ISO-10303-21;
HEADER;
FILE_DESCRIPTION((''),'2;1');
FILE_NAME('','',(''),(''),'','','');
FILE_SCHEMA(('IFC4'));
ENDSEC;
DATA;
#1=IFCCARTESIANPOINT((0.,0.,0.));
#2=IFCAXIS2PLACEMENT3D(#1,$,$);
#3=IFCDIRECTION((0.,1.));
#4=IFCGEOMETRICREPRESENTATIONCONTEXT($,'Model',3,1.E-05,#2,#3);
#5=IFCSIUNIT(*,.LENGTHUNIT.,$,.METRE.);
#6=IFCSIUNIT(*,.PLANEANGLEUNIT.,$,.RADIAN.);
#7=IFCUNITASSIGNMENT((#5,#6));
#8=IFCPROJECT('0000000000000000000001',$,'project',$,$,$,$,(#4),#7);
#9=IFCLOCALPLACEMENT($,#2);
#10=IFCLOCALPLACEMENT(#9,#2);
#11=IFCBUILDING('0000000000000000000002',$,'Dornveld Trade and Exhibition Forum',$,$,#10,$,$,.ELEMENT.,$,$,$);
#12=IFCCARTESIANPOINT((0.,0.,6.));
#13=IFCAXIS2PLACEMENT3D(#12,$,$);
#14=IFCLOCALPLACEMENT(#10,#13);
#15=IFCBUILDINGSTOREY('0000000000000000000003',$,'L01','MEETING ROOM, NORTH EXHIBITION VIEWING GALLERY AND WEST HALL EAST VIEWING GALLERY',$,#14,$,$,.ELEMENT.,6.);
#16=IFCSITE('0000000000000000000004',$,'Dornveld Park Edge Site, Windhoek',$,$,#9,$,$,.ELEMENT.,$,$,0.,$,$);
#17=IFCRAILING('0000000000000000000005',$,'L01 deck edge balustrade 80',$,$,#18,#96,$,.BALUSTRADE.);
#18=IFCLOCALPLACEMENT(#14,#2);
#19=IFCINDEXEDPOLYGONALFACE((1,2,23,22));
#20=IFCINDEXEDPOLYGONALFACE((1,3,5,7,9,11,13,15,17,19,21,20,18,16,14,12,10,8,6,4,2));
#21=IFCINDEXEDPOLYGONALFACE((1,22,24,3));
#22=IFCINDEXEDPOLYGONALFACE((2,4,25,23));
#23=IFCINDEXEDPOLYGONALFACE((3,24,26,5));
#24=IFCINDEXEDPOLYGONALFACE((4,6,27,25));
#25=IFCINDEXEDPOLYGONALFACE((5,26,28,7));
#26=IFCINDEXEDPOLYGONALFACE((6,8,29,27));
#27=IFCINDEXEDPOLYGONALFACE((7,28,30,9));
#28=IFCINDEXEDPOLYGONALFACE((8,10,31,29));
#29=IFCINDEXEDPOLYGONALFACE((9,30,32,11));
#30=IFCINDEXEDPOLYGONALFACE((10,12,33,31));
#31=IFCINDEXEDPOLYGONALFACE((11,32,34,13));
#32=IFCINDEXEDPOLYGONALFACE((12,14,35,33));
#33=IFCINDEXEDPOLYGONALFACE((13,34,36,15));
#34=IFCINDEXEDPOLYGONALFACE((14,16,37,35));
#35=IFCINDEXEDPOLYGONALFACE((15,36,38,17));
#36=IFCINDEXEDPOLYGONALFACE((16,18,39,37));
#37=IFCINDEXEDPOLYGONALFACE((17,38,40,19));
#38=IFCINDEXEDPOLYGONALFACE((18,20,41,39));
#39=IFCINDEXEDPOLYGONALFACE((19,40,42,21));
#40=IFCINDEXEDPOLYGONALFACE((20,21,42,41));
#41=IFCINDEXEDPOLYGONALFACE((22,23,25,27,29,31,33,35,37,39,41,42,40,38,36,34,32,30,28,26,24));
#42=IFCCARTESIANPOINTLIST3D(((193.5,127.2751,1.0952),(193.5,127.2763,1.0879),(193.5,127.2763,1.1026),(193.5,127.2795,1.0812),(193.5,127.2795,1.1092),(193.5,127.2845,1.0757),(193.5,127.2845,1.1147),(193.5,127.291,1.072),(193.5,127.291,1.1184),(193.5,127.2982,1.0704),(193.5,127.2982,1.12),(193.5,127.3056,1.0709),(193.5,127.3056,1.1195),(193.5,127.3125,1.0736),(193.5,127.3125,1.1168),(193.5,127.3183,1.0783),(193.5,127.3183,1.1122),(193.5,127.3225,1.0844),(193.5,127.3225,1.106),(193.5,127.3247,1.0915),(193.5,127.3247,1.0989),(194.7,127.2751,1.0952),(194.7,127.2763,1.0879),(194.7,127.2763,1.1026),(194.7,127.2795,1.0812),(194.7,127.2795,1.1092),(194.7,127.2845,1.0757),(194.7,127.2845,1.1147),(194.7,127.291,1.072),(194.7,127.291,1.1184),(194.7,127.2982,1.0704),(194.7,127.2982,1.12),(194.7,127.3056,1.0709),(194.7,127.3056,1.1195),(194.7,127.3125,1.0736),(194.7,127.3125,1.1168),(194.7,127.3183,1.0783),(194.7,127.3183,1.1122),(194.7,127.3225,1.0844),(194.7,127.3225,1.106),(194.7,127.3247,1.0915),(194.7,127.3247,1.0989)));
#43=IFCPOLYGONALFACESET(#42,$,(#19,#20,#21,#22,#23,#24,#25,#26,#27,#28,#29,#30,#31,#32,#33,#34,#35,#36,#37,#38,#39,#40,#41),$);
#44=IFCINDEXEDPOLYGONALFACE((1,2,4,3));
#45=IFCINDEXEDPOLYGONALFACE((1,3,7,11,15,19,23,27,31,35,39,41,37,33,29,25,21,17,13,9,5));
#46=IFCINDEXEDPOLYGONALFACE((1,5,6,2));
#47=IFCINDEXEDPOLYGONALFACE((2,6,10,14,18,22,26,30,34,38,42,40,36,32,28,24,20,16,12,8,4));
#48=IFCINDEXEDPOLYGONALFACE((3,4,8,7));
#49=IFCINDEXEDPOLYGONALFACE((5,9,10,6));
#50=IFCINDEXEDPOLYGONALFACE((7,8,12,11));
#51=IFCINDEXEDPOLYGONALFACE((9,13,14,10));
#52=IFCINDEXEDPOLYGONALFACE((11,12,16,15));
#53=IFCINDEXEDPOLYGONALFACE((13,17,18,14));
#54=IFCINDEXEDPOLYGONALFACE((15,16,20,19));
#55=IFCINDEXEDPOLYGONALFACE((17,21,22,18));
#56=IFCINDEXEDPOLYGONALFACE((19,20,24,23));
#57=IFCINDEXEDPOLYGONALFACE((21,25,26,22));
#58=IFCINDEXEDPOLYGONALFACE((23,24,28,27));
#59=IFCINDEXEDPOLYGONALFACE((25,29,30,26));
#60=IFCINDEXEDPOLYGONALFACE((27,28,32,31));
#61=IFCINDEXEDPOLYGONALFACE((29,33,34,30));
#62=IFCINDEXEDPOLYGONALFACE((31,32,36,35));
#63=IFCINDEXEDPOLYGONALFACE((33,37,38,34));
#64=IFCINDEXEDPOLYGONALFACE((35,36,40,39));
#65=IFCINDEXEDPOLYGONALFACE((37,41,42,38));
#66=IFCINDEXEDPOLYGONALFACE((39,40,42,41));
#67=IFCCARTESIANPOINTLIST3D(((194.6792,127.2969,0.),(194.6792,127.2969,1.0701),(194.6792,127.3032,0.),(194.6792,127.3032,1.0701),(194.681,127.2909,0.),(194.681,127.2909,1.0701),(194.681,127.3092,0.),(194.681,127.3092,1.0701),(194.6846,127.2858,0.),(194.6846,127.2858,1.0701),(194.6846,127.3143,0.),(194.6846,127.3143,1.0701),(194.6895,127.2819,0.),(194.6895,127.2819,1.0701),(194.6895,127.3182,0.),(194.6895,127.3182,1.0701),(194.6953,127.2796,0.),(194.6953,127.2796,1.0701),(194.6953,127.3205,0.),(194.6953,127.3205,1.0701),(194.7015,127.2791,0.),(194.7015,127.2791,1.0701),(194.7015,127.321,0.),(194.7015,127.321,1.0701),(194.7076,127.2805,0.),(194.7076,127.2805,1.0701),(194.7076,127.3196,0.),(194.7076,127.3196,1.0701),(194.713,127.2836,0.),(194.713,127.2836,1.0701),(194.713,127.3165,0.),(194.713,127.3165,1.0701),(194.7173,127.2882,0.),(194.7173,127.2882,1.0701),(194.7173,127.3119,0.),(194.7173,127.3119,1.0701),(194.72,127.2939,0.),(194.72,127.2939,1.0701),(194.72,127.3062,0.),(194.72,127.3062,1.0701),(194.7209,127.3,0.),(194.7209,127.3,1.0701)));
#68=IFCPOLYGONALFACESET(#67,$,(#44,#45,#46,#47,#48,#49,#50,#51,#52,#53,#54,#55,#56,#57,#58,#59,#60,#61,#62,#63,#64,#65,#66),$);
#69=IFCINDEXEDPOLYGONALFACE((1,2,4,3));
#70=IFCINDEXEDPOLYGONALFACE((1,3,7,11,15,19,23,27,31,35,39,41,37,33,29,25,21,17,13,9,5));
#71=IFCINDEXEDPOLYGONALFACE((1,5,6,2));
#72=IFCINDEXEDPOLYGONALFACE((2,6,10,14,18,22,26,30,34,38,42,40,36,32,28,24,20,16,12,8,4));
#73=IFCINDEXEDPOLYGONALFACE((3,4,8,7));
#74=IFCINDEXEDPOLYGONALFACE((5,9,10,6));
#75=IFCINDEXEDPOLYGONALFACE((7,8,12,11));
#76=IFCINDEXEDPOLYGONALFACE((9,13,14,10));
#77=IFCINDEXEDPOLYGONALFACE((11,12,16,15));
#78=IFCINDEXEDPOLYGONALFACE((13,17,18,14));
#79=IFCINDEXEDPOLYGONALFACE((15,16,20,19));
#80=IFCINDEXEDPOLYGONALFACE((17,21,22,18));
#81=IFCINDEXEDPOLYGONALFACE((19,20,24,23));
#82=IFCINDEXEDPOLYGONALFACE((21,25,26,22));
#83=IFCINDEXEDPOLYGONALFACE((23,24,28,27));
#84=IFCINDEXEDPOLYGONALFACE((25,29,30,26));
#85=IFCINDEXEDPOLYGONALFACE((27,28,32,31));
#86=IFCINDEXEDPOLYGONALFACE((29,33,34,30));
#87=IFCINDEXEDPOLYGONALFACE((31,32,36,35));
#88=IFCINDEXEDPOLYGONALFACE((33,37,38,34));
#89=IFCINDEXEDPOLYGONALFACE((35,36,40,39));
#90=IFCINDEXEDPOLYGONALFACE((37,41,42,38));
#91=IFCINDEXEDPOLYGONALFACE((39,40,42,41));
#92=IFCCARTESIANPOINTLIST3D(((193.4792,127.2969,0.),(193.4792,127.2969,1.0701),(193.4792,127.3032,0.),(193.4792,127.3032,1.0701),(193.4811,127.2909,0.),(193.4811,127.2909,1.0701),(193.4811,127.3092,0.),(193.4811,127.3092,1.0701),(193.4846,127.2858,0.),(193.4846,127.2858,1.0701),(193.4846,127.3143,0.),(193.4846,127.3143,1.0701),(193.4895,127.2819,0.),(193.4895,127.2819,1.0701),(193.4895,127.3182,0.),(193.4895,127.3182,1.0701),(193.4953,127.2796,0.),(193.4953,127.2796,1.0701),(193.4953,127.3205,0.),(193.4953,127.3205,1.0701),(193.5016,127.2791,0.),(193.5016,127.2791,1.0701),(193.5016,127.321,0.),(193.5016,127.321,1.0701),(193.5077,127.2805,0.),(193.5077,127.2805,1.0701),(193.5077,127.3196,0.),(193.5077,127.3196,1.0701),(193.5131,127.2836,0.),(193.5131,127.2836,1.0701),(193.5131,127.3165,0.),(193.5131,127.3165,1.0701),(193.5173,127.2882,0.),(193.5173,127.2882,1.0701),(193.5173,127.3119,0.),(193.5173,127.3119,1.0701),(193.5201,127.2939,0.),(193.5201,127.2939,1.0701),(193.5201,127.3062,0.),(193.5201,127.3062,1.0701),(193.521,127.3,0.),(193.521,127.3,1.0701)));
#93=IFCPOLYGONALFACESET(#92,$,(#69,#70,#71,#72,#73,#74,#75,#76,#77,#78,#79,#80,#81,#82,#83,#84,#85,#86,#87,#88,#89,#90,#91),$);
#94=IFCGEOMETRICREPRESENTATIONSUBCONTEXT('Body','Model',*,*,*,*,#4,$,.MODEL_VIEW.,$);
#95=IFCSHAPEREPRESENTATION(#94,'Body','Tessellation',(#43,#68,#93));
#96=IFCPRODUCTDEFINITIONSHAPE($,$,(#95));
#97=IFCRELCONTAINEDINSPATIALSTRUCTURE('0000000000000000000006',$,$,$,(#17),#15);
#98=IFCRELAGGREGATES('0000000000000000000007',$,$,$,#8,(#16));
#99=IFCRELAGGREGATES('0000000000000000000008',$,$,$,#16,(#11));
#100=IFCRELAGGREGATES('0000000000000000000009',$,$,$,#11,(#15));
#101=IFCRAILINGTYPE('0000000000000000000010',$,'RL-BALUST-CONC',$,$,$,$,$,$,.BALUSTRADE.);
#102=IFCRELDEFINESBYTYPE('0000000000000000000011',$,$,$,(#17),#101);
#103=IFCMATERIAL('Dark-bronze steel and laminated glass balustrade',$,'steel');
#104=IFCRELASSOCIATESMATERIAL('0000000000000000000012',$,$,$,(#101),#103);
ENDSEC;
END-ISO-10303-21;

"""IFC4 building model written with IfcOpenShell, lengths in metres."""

from ifc_helpers import new_model, si_unit, direction, frame, origin, origin_2d, place, context, subcontext, project, spatial, circle, extrude, material, type_object, element, save


model = new_model("IFC4")

# Units and contexts
model_context = context("Model", 3, precision=1e-05, world=origin(), true_north=direction((0.0, 1.0)))
body_context = subcontext(model_context, "Body", "Model", "MODEL_VIEW")
ifc_project = project(units=[si_unit("LENGTHUNIT", "METRE"), si_unit("PLANEANGLEUNIT", "RADIAN")], contexts=[model_context])

# Site, building, storey
site_placement = place(None, origin())
site = spatial("IfcSite", under=ifc_project, at=site_placement, Name="Dornveld Park Edge Site, Windhoek", CompositionType="ELEMENT", RefElevation=0.0)
building_placement = place(site_placement, origin())
building = spatial("IfcBuilding", under=site, at=building_placement, Name="Dornveld Trade and Exhibition Forum", CompositionType="ELEMENT")
storey_placement = place(building_placement, frame((0.0, 0.0, 6.0)))
storey = spatial("IfcBuildingStorey", under=building, at=storey_placement, Name="L01", Description="MEETING ROOM, NORTH EXHIBITION VIEWING GALLERY AND WEST HALL EAST VIEWING GALLERY", CompositionType="ELEMENT", Elevation=6.0)

# Railing
ifc_material_1 = material(Name="Dark-bronze steel and laminated glass balustrade", Category="steel")
railing_type = type_object("IfcRailingType", Name="RL-BALUST-CONC", PredefinedType="BALUSTRADE", material=ifc_material_1)
railing_1_placement = place(storey_placement, frame((194.7, 127.3, 0.0)))
element("IfcRailing", 1, at=railing_1_placement, inside=storey, type_object=railing_type, Name="L01 deck edge balustrade 80", PredefinedType="BALUSTRADE", context=body_context, shape_type="SweptSolid", body=[
    extrude(circle(Radius=0.0249, at=origin_2d()), frame((0.0, 0.0, 1.0952), z_axis=(-1.0, 0.0, 0.0), x_axis=(0.0, -1.0, 0.0)), (0.0, 0.0, 1.0), 1.2),
    extrude(circle(Radius=0.021, at=origin_2d()), origin(), (0.0, 0.0, 1.0), 1.0701),
    extrude(circle(Radius=0.021, at=origin_2d()), frame((-1.2, 0.0, 0.0)), (0.0, 0.0, 1.0), 1.0701),
])

save(model, "model.ifc")
